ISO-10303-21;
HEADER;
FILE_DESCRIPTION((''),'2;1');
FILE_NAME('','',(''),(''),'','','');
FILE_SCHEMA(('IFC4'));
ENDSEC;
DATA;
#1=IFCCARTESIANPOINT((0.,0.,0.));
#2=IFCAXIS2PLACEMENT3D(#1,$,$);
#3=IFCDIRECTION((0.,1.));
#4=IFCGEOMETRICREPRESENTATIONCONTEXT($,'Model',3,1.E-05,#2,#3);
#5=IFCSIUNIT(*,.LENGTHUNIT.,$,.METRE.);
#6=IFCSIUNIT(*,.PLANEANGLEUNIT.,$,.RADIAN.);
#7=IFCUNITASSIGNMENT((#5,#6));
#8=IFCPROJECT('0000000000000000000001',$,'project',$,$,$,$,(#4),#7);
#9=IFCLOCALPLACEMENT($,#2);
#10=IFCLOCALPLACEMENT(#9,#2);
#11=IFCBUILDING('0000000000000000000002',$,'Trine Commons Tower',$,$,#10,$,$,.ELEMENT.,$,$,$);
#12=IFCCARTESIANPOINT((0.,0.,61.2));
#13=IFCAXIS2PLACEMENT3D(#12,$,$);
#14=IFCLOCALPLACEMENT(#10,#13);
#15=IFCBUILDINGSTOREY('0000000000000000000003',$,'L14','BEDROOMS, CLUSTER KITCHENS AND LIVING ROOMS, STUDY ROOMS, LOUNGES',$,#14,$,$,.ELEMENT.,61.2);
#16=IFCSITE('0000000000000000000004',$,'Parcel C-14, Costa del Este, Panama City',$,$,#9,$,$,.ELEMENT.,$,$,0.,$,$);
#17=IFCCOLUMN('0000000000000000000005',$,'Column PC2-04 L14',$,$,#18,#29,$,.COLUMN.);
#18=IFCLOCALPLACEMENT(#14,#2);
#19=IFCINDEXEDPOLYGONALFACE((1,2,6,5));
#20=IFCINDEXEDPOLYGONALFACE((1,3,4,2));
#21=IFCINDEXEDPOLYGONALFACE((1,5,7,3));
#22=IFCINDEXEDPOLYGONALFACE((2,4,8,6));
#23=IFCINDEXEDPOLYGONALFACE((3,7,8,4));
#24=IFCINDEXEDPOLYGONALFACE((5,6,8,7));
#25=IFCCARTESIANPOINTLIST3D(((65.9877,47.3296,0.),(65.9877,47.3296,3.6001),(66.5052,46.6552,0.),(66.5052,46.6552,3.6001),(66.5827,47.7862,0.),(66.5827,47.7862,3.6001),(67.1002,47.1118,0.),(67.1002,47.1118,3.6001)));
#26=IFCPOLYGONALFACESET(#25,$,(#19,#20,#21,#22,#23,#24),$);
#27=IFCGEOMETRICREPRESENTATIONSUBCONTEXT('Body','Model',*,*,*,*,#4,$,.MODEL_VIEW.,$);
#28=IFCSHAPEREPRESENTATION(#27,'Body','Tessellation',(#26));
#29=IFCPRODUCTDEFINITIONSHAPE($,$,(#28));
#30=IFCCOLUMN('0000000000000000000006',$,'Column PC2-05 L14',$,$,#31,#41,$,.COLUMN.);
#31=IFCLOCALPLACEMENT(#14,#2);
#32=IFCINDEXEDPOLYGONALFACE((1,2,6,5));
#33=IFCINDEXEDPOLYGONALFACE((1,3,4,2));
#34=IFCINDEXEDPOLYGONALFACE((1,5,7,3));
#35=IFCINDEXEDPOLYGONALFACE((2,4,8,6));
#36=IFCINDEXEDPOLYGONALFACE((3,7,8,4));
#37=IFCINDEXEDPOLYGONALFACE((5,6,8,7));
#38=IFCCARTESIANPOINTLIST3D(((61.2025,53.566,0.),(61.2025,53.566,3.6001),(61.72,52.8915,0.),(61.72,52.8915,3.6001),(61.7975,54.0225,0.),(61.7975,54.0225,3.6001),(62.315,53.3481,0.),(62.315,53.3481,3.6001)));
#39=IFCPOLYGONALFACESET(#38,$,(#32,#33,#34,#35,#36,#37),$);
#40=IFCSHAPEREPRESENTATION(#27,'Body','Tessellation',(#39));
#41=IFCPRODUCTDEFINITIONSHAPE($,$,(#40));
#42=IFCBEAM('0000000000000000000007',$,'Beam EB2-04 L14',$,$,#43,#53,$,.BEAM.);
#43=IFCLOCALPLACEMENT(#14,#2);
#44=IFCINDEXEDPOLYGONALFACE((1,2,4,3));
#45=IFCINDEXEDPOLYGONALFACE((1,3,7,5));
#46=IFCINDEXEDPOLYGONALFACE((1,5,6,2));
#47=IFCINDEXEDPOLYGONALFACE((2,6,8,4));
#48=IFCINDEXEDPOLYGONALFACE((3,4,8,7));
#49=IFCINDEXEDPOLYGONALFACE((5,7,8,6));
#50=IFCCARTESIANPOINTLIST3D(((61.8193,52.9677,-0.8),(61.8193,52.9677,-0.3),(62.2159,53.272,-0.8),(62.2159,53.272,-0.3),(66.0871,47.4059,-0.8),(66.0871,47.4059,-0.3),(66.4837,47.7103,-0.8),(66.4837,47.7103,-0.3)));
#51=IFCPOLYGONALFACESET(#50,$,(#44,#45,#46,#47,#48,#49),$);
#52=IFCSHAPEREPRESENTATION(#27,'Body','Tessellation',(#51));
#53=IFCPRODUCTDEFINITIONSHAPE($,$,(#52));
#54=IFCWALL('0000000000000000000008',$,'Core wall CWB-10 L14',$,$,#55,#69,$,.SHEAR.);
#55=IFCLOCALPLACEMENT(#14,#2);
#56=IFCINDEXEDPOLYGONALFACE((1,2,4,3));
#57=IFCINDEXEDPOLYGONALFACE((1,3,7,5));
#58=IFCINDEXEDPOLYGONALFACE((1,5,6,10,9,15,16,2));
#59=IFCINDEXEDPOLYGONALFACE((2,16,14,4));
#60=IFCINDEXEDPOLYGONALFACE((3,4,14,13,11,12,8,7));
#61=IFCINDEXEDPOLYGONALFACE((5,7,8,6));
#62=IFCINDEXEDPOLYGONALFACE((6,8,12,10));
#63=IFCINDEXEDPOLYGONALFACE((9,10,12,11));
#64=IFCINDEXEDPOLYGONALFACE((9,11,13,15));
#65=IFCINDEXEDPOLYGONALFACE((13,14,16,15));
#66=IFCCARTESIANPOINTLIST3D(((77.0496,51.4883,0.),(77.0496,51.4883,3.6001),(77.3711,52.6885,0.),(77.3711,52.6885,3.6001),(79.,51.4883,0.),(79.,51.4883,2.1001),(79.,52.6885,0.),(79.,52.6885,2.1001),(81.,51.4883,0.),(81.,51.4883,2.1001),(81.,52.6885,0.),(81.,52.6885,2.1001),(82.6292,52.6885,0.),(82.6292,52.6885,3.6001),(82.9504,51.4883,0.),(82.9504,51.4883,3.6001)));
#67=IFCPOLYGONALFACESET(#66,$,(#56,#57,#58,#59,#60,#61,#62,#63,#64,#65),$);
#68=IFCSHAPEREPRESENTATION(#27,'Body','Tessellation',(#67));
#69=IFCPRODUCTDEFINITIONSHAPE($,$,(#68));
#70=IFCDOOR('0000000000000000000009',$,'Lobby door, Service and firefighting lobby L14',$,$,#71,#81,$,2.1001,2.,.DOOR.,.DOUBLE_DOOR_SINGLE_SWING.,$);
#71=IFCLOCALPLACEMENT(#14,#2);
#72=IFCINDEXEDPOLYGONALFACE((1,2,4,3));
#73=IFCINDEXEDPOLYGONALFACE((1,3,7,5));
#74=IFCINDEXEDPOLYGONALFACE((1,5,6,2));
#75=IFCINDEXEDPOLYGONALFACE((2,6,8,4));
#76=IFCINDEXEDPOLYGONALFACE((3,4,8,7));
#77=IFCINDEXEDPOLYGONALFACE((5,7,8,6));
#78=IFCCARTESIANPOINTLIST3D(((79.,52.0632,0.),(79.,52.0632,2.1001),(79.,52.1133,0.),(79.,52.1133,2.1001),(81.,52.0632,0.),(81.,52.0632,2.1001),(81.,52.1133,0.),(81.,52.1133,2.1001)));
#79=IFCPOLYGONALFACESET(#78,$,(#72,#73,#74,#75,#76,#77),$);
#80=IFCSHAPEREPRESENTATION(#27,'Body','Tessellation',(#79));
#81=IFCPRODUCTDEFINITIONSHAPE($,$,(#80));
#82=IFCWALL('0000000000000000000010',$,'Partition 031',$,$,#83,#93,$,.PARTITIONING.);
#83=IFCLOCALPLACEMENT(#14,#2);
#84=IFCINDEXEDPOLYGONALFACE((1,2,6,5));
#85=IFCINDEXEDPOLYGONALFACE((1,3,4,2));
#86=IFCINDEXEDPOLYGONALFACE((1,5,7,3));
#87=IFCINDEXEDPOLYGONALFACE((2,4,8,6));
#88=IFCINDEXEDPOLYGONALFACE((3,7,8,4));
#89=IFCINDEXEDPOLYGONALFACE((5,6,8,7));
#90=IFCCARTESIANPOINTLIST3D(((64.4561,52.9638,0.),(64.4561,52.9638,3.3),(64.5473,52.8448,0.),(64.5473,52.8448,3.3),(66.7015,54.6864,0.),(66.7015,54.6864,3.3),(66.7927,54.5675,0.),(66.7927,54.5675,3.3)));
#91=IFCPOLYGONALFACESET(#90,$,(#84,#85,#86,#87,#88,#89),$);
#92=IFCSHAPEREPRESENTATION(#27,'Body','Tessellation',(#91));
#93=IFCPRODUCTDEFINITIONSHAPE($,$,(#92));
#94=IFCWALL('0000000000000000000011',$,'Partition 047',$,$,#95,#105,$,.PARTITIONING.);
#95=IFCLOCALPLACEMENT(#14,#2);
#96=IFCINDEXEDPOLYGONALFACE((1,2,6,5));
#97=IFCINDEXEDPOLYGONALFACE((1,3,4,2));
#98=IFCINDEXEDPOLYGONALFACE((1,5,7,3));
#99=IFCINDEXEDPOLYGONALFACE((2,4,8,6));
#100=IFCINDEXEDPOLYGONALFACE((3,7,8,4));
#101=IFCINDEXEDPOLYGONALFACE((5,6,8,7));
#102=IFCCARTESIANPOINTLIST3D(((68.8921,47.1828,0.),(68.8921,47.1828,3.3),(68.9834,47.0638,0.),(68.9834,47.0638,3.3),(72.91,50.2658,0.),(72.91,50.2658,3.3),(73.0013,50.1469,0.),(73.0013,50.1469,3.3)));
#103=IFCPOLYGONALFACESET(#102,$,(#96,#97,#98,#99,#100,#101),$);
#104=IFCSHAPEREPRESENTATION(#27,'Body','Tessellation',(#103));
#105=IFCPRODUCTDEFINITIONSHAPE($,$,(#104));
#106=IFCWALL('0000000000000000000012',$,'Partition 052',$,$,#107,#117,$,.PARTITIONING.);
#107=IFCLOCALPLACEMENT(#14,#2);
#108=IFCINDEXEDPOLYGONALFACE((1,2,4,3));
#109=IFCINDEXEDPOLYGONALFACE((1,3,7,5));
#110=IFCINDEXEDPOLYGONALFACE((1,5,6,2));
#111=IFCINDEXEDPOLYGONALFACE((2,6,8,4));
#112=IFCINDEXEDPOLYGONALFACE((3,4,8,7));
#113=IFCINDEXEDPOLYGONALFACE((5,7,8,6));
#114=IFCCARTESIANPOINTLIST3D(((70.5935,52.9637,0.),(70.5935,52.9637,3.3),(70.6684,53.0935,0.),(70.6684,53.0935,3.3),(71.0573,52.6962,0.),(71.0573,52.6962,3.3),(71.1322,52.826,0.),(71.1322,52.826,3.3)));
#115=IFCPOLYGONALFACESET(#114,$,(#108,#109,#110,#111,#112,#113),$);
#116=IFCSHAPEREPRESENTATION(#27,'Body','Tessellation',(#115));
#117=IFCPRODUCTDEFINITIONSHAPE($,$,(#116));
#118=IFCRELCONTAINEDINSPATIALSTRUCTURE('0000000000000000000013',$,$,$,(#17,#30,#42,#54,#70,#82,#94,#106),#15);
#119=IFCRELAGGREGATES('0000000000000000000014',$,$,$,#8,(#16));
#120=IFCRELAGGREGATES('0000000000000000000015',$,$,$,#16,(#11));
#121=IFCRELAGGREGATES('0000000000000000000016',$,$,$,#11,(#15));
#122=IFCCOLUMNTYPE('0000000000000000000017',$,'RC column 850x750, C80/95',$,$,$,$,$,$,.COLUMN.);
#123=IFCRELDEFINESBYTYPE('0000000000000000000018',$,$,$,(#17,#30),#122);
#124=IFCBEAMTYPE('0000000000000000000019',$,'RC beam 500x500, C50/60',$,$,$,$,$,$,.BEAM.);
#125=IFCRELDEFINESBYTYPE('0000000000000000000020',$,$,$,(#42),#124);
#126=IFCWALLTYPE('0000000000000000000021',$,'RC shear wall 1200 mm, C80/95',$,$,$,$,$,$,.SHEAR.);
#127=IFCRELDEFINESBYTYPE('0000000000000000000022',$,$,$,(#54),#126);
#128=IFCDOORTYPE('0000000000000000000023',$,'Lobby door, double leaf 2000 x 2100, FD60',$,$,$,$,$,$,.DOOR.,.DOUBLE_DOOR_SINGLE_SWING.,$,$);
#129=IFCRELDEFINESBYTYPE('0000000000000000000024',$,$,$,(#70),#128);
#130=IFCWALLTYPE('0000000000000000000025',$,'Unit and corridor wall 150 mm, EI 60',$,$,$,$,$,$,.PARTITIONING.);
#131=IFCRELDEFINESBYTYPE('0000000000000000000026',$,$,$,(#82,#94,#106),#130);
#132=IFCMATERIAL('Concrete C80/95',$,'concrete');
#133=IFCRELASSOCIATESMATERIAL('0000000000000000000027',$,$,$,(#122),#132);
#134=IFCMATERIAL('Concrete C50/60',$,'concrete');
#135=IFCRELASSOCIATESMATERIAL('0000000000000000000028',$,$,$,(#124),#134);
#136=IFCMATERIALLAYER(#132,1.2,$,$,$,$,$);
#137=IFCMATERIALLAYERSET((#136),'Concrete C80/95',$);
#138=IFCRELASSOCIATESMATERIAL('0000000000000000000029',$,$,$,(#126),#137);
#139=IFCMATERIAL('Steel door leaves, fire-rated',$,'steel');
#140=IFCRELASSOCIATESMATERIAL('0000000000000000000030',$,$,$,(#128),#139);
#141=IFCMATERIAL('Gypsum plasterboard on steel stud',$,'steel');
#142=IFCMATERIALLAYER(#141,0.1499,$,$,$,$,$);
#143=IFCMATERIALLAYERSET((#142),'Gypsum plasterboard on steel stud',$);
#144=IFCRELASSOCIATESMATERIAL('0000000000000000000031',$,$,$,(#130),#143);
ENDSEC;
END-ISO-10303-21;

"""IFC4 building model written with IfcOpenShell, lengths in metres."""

from ifc_helpers import new_model, si_unit, direction, frame, frame_2d, origin, origin_2d, place, context, subcontext, project, spatial, polyline, rectangle, outline, extrude, material, layer, layer_set, material_profile, profile_set, type_object, element, fill, save


model = new_model("IFC4")

# Units and contexts
model_context = context("Model", 3, precision=1e-05, world=origin(), true_north=direction((0.0, 1.0)))
body_context = subcontext(model_context, "Body", "Model", "MODEL_VIEW")
ifc_project = project(units=[si_unit("LENGTHUNIT", "METRE"), si_unit("PLANEANGLEUNIT", "RADIAN")], contexts=[model_context])

# Site, building, storey
site_placement = place(None, origin())
site = spatial("IfcSite", under=ifc_project, at=site_placement, Name="Parcel C-14, Costa del Este, Panama City", CompositionType="ELEMENT", RefElevation=0.0)
building_placement = place(site_placement, origin())
building = spatial("IfcBuilding", under=site, at=building_placement, Name="Trine Commons Tower", CompositionType="ELEMENT")
storey_placement = place(building_placement, frame((0.0, 0.0, 61.2)))
storey = spatial("IfcBuildingStorey", under=building, at=storey_placement, Name="L14", Description="BEDROOMS, CLUSTER KITCHENS AND LIVING ROOMS, STUDY ROOMS, LOUNGES", CompositionType="ELEMENT", Elevation=61.2)

# Columns
ifc_material_1 = material(Name="Concrete C80/95", Category="concrete")
ifc_material_profile_1 = material_profile(ifc_material_1, rectangle(XDim=0.8501, YDim=0.75, at=origin_2d()), Name="RC 850x750")
ifc_profile_set_1 = profile_set([ifc_material_profile_1], Name="Concrete C80/95")
column_type = type_object("IfcColumnType", Name="RC column 850x750, C80/95", PredefinedType="COLUMN", material=ifc_profile_set_1)
for number, where, z_axis, x_axis, name in (
    (1, (66.5439, 47.2207, 0.0), (0.0, 0.0, 1.0), (-0.608761, 0.793353, 0.0), "Column PC2-04 L14"),
    (2, (61.7588, 53.457, 0.0), (0.0, 0.0, 1.0), (-0.608761, 0.793353, 0.0), "Column PC2-05 L14"),
):
    element("IfcColumn", number, at=place(storey_placement, frame(where, z_axis=z_axis, x_axis=x_axis)), inside=storey, type_object=column_type, Name=name, PredefinedType="COLUMN", context=body_context, shape_type="SweptSolid", body=[
        extrude(rectangle(XDim=0.8501, YDim=0.75, at=origin_2d()), origin(), (0.0, 0.0, 1.0), 3.6001),
    ])

# Beam
ifc_material_2 = material(Name="Concrete C50/60", Category="concrete")
ifc_material_profile_2 = material_profile(ifc_material_2, rectangle(XDim=0.5, YDim=0.5, at=origin_2d()), Name="RC 500x500")
ifc_profile_set_2 = profile_set([ifc_material_profile_2], Name="Concrete C50/60")
beam_type = type_object("IfcBeamType", Name="RC beam 500x500, C50/60", PredefinedType="BEAM", material=ifc_profile_set_2)
beam_placement = place(storey_placement, frame((66.2854, 47.5581, -0.55), z_axis=(-0.608773, 0.793345, 0.0), x_axis=(-0.793345, -0.608773, 0.0)))
element("IfcBeam", 3, at=beam_placement, inside=storey, type_object=beam_type, Name="Beam EB2-04 L14", PredefinedType="BEAM", context=body_context, shape_type="SweptSolid", body=[
    extrude(rectangle(XDim=0.5, YDim=0.5, at=origin_2d()), origin(), (0.0, 0.0, 1.0), 7.0105),
])

# Wall, opening, door
ifc_layer_1 = layer(ifc_material_1, 1.2)
ifc_layer_set_1 = layer_set([ifc_layer_1], Name="Concrete C80/95")
wall_type_1 = type_object("IfcWallType", Name="RC shear wall 1200 mm, C80/95", PredefinedType="SHEAR", material=ifc_layer_set_1)
wall_1_placement = place(storey_placement, frame((77.0496, 52.0884, 0.0), z_axis=(0.0, 0.0, 1.0), x_axis=(1.0, 0.0, 0.0)))
wall_1 = element("IfcWall", 4, at=wall_1_placement, inside=storey, type_object=wall_type_1, Name="Core wall CWB-10 L14", PredefinedType="SHEAR", context=body_context, shape_type="SweptSolid", body=[
    extrude(outline(polyline([(0.0, -0.6001), (5.9009, -0.6001), (5.5796, 0.6001), (0.3215, 0.6001), (0.0, -0.6001)])), origin(), (0.0, 0.0, 1.0), 3.6001),
])
opening_1_placement = place(wall_1_placement, frame((1.9504, 0.0, 0.0)))
opening_1 = element("IfcOpeningElement", 5, at=opening_1_placement, cuts=wall_1, PredefinedType="OPENING", context=body_context, shape_type="SweptSolid", body=[
    extrude(rectangle(XDim=2.0, YDim=2.1001, at=frame_2d((1.0, 1.05))), frame((0.0, 0.6099, 0.0), z_axis=(0.0, -1.0, 0.0), x_axis=(1.0, 0.0, 0.0)), (0.0, 0.0, 1.0), 1.22),
])
ifc_material_3 = material(Name="Steel door leaves, fire-rated", Category="steel")
door_type_1 = type_object("IfcDoorType", Name="Lobby door, double leaf 2000 x 2100, FD60", OperationType="DOUBLE_DOOR_SINGLE_SWING", PredefinedType="DOOR", material=ifc_material_3)
door_1_placement = place(opening_1_placement, origin())
door_1 = element("IfcDoor", 6, at=door_1_placement, inside=storey, type_object=door_type_1, Name="Lobby door, Service and firefighting lobby L14", OperationType="DOUBLE_DOOR_SINGLE_SWING", OverallHeight=2.1001, OverallWidth=2.0, PredefinedType="DOOR", context=body_context, shape_type="SweptSolid", body=[
    extrude(rectangle(XDim=2.0, YDim=2.1001, at=frame_2d((1.0, 1.05))), frame((0.0, 0.0249, 0.0), z_axis=(0.0, -1.0, 0.0), x_axis=(1.0, 0.0, 0.0)), (0.0, 0.0, 1.0), 0.05),
])
fill(opening_1, door_1)

# Walls
ifc_material_4 = material(Name="Gypsum plasterboard on steel stud", Category="steel")
ifc_layer_2 = layer(ifc_material_4, 0.1499)
ifc_layer_set_2 = layer_set([ifc_layer_2], Name="Gypsum plasterboard on steel stud")
wall_type_2 = type_object("IfcWallType", Name="Unit and corridor wall 150 mm, EI 60", PredefinedType="PARTITIONING", material=ifc_layer_set_2)
wall_2_placement = place(storey_placement, frame((64.5017, 52.9043, 0.0), z_axis=(0.0, 0.0, 1.0), x_axis=(0.793399, 0.608701, 0.0)))
element("IfcWall", 7, at=wall_2_placement, inside=storey, type_object=wall_type_2, Name="Partition 031", PredefinedType="PARTITIONING", context=body_context, shape_type="SweptSolid", body=[
    extrude(rectangle(XDim=2.8301, YDim=0.1499, at=frame_2d((1.415, 0.0))), origin(), (0.0, 0.0, 1.0), 3.3),
])
wall_3_placement = place(storey_placement, frame((68.9377, 47.1233, 0.0), z_axis=(0.0, 0.0, 1.0), x_axis=(0.793351, 0.608764, 0.0)))
element("IfcWall", 8, at=wall_3_placement, inside=storey, type_object=wall_type_2, Name="Partition 047", PredefinedType="PARTITIONING", context=body_context, shape_type="SweptSolid", body=[
    extrude(rectangle(XDim=5.0645, YDim=0.1499, at=frame_2d((2.5322, 0.0))), origin(), (0.0, 0.0, 1.0), 3.3),
])
wall_4_placement = place(storey_placement, frame((70.6311, 53.0286, 0.0), z_axis=(0.0, 0.0, 1.0), x_axis=(0.866216, -0.49967, 0.0)))
element("IfcWall", 9, at=wall_4_placement, inside=storey, type_object=wall_type_2, Name="Partition 052", PredefinedType="PARTITIONING", context=body_context, shape_type="SweptSolid", body=[
    extrude(rectangle(XDim=0.5354, YDim=0.1499, at=frame_2d((0.2676, 0.0))), origin(), (0.0, 0.0, 1.0), 3.3),
])

save(model, "model.ifc")
